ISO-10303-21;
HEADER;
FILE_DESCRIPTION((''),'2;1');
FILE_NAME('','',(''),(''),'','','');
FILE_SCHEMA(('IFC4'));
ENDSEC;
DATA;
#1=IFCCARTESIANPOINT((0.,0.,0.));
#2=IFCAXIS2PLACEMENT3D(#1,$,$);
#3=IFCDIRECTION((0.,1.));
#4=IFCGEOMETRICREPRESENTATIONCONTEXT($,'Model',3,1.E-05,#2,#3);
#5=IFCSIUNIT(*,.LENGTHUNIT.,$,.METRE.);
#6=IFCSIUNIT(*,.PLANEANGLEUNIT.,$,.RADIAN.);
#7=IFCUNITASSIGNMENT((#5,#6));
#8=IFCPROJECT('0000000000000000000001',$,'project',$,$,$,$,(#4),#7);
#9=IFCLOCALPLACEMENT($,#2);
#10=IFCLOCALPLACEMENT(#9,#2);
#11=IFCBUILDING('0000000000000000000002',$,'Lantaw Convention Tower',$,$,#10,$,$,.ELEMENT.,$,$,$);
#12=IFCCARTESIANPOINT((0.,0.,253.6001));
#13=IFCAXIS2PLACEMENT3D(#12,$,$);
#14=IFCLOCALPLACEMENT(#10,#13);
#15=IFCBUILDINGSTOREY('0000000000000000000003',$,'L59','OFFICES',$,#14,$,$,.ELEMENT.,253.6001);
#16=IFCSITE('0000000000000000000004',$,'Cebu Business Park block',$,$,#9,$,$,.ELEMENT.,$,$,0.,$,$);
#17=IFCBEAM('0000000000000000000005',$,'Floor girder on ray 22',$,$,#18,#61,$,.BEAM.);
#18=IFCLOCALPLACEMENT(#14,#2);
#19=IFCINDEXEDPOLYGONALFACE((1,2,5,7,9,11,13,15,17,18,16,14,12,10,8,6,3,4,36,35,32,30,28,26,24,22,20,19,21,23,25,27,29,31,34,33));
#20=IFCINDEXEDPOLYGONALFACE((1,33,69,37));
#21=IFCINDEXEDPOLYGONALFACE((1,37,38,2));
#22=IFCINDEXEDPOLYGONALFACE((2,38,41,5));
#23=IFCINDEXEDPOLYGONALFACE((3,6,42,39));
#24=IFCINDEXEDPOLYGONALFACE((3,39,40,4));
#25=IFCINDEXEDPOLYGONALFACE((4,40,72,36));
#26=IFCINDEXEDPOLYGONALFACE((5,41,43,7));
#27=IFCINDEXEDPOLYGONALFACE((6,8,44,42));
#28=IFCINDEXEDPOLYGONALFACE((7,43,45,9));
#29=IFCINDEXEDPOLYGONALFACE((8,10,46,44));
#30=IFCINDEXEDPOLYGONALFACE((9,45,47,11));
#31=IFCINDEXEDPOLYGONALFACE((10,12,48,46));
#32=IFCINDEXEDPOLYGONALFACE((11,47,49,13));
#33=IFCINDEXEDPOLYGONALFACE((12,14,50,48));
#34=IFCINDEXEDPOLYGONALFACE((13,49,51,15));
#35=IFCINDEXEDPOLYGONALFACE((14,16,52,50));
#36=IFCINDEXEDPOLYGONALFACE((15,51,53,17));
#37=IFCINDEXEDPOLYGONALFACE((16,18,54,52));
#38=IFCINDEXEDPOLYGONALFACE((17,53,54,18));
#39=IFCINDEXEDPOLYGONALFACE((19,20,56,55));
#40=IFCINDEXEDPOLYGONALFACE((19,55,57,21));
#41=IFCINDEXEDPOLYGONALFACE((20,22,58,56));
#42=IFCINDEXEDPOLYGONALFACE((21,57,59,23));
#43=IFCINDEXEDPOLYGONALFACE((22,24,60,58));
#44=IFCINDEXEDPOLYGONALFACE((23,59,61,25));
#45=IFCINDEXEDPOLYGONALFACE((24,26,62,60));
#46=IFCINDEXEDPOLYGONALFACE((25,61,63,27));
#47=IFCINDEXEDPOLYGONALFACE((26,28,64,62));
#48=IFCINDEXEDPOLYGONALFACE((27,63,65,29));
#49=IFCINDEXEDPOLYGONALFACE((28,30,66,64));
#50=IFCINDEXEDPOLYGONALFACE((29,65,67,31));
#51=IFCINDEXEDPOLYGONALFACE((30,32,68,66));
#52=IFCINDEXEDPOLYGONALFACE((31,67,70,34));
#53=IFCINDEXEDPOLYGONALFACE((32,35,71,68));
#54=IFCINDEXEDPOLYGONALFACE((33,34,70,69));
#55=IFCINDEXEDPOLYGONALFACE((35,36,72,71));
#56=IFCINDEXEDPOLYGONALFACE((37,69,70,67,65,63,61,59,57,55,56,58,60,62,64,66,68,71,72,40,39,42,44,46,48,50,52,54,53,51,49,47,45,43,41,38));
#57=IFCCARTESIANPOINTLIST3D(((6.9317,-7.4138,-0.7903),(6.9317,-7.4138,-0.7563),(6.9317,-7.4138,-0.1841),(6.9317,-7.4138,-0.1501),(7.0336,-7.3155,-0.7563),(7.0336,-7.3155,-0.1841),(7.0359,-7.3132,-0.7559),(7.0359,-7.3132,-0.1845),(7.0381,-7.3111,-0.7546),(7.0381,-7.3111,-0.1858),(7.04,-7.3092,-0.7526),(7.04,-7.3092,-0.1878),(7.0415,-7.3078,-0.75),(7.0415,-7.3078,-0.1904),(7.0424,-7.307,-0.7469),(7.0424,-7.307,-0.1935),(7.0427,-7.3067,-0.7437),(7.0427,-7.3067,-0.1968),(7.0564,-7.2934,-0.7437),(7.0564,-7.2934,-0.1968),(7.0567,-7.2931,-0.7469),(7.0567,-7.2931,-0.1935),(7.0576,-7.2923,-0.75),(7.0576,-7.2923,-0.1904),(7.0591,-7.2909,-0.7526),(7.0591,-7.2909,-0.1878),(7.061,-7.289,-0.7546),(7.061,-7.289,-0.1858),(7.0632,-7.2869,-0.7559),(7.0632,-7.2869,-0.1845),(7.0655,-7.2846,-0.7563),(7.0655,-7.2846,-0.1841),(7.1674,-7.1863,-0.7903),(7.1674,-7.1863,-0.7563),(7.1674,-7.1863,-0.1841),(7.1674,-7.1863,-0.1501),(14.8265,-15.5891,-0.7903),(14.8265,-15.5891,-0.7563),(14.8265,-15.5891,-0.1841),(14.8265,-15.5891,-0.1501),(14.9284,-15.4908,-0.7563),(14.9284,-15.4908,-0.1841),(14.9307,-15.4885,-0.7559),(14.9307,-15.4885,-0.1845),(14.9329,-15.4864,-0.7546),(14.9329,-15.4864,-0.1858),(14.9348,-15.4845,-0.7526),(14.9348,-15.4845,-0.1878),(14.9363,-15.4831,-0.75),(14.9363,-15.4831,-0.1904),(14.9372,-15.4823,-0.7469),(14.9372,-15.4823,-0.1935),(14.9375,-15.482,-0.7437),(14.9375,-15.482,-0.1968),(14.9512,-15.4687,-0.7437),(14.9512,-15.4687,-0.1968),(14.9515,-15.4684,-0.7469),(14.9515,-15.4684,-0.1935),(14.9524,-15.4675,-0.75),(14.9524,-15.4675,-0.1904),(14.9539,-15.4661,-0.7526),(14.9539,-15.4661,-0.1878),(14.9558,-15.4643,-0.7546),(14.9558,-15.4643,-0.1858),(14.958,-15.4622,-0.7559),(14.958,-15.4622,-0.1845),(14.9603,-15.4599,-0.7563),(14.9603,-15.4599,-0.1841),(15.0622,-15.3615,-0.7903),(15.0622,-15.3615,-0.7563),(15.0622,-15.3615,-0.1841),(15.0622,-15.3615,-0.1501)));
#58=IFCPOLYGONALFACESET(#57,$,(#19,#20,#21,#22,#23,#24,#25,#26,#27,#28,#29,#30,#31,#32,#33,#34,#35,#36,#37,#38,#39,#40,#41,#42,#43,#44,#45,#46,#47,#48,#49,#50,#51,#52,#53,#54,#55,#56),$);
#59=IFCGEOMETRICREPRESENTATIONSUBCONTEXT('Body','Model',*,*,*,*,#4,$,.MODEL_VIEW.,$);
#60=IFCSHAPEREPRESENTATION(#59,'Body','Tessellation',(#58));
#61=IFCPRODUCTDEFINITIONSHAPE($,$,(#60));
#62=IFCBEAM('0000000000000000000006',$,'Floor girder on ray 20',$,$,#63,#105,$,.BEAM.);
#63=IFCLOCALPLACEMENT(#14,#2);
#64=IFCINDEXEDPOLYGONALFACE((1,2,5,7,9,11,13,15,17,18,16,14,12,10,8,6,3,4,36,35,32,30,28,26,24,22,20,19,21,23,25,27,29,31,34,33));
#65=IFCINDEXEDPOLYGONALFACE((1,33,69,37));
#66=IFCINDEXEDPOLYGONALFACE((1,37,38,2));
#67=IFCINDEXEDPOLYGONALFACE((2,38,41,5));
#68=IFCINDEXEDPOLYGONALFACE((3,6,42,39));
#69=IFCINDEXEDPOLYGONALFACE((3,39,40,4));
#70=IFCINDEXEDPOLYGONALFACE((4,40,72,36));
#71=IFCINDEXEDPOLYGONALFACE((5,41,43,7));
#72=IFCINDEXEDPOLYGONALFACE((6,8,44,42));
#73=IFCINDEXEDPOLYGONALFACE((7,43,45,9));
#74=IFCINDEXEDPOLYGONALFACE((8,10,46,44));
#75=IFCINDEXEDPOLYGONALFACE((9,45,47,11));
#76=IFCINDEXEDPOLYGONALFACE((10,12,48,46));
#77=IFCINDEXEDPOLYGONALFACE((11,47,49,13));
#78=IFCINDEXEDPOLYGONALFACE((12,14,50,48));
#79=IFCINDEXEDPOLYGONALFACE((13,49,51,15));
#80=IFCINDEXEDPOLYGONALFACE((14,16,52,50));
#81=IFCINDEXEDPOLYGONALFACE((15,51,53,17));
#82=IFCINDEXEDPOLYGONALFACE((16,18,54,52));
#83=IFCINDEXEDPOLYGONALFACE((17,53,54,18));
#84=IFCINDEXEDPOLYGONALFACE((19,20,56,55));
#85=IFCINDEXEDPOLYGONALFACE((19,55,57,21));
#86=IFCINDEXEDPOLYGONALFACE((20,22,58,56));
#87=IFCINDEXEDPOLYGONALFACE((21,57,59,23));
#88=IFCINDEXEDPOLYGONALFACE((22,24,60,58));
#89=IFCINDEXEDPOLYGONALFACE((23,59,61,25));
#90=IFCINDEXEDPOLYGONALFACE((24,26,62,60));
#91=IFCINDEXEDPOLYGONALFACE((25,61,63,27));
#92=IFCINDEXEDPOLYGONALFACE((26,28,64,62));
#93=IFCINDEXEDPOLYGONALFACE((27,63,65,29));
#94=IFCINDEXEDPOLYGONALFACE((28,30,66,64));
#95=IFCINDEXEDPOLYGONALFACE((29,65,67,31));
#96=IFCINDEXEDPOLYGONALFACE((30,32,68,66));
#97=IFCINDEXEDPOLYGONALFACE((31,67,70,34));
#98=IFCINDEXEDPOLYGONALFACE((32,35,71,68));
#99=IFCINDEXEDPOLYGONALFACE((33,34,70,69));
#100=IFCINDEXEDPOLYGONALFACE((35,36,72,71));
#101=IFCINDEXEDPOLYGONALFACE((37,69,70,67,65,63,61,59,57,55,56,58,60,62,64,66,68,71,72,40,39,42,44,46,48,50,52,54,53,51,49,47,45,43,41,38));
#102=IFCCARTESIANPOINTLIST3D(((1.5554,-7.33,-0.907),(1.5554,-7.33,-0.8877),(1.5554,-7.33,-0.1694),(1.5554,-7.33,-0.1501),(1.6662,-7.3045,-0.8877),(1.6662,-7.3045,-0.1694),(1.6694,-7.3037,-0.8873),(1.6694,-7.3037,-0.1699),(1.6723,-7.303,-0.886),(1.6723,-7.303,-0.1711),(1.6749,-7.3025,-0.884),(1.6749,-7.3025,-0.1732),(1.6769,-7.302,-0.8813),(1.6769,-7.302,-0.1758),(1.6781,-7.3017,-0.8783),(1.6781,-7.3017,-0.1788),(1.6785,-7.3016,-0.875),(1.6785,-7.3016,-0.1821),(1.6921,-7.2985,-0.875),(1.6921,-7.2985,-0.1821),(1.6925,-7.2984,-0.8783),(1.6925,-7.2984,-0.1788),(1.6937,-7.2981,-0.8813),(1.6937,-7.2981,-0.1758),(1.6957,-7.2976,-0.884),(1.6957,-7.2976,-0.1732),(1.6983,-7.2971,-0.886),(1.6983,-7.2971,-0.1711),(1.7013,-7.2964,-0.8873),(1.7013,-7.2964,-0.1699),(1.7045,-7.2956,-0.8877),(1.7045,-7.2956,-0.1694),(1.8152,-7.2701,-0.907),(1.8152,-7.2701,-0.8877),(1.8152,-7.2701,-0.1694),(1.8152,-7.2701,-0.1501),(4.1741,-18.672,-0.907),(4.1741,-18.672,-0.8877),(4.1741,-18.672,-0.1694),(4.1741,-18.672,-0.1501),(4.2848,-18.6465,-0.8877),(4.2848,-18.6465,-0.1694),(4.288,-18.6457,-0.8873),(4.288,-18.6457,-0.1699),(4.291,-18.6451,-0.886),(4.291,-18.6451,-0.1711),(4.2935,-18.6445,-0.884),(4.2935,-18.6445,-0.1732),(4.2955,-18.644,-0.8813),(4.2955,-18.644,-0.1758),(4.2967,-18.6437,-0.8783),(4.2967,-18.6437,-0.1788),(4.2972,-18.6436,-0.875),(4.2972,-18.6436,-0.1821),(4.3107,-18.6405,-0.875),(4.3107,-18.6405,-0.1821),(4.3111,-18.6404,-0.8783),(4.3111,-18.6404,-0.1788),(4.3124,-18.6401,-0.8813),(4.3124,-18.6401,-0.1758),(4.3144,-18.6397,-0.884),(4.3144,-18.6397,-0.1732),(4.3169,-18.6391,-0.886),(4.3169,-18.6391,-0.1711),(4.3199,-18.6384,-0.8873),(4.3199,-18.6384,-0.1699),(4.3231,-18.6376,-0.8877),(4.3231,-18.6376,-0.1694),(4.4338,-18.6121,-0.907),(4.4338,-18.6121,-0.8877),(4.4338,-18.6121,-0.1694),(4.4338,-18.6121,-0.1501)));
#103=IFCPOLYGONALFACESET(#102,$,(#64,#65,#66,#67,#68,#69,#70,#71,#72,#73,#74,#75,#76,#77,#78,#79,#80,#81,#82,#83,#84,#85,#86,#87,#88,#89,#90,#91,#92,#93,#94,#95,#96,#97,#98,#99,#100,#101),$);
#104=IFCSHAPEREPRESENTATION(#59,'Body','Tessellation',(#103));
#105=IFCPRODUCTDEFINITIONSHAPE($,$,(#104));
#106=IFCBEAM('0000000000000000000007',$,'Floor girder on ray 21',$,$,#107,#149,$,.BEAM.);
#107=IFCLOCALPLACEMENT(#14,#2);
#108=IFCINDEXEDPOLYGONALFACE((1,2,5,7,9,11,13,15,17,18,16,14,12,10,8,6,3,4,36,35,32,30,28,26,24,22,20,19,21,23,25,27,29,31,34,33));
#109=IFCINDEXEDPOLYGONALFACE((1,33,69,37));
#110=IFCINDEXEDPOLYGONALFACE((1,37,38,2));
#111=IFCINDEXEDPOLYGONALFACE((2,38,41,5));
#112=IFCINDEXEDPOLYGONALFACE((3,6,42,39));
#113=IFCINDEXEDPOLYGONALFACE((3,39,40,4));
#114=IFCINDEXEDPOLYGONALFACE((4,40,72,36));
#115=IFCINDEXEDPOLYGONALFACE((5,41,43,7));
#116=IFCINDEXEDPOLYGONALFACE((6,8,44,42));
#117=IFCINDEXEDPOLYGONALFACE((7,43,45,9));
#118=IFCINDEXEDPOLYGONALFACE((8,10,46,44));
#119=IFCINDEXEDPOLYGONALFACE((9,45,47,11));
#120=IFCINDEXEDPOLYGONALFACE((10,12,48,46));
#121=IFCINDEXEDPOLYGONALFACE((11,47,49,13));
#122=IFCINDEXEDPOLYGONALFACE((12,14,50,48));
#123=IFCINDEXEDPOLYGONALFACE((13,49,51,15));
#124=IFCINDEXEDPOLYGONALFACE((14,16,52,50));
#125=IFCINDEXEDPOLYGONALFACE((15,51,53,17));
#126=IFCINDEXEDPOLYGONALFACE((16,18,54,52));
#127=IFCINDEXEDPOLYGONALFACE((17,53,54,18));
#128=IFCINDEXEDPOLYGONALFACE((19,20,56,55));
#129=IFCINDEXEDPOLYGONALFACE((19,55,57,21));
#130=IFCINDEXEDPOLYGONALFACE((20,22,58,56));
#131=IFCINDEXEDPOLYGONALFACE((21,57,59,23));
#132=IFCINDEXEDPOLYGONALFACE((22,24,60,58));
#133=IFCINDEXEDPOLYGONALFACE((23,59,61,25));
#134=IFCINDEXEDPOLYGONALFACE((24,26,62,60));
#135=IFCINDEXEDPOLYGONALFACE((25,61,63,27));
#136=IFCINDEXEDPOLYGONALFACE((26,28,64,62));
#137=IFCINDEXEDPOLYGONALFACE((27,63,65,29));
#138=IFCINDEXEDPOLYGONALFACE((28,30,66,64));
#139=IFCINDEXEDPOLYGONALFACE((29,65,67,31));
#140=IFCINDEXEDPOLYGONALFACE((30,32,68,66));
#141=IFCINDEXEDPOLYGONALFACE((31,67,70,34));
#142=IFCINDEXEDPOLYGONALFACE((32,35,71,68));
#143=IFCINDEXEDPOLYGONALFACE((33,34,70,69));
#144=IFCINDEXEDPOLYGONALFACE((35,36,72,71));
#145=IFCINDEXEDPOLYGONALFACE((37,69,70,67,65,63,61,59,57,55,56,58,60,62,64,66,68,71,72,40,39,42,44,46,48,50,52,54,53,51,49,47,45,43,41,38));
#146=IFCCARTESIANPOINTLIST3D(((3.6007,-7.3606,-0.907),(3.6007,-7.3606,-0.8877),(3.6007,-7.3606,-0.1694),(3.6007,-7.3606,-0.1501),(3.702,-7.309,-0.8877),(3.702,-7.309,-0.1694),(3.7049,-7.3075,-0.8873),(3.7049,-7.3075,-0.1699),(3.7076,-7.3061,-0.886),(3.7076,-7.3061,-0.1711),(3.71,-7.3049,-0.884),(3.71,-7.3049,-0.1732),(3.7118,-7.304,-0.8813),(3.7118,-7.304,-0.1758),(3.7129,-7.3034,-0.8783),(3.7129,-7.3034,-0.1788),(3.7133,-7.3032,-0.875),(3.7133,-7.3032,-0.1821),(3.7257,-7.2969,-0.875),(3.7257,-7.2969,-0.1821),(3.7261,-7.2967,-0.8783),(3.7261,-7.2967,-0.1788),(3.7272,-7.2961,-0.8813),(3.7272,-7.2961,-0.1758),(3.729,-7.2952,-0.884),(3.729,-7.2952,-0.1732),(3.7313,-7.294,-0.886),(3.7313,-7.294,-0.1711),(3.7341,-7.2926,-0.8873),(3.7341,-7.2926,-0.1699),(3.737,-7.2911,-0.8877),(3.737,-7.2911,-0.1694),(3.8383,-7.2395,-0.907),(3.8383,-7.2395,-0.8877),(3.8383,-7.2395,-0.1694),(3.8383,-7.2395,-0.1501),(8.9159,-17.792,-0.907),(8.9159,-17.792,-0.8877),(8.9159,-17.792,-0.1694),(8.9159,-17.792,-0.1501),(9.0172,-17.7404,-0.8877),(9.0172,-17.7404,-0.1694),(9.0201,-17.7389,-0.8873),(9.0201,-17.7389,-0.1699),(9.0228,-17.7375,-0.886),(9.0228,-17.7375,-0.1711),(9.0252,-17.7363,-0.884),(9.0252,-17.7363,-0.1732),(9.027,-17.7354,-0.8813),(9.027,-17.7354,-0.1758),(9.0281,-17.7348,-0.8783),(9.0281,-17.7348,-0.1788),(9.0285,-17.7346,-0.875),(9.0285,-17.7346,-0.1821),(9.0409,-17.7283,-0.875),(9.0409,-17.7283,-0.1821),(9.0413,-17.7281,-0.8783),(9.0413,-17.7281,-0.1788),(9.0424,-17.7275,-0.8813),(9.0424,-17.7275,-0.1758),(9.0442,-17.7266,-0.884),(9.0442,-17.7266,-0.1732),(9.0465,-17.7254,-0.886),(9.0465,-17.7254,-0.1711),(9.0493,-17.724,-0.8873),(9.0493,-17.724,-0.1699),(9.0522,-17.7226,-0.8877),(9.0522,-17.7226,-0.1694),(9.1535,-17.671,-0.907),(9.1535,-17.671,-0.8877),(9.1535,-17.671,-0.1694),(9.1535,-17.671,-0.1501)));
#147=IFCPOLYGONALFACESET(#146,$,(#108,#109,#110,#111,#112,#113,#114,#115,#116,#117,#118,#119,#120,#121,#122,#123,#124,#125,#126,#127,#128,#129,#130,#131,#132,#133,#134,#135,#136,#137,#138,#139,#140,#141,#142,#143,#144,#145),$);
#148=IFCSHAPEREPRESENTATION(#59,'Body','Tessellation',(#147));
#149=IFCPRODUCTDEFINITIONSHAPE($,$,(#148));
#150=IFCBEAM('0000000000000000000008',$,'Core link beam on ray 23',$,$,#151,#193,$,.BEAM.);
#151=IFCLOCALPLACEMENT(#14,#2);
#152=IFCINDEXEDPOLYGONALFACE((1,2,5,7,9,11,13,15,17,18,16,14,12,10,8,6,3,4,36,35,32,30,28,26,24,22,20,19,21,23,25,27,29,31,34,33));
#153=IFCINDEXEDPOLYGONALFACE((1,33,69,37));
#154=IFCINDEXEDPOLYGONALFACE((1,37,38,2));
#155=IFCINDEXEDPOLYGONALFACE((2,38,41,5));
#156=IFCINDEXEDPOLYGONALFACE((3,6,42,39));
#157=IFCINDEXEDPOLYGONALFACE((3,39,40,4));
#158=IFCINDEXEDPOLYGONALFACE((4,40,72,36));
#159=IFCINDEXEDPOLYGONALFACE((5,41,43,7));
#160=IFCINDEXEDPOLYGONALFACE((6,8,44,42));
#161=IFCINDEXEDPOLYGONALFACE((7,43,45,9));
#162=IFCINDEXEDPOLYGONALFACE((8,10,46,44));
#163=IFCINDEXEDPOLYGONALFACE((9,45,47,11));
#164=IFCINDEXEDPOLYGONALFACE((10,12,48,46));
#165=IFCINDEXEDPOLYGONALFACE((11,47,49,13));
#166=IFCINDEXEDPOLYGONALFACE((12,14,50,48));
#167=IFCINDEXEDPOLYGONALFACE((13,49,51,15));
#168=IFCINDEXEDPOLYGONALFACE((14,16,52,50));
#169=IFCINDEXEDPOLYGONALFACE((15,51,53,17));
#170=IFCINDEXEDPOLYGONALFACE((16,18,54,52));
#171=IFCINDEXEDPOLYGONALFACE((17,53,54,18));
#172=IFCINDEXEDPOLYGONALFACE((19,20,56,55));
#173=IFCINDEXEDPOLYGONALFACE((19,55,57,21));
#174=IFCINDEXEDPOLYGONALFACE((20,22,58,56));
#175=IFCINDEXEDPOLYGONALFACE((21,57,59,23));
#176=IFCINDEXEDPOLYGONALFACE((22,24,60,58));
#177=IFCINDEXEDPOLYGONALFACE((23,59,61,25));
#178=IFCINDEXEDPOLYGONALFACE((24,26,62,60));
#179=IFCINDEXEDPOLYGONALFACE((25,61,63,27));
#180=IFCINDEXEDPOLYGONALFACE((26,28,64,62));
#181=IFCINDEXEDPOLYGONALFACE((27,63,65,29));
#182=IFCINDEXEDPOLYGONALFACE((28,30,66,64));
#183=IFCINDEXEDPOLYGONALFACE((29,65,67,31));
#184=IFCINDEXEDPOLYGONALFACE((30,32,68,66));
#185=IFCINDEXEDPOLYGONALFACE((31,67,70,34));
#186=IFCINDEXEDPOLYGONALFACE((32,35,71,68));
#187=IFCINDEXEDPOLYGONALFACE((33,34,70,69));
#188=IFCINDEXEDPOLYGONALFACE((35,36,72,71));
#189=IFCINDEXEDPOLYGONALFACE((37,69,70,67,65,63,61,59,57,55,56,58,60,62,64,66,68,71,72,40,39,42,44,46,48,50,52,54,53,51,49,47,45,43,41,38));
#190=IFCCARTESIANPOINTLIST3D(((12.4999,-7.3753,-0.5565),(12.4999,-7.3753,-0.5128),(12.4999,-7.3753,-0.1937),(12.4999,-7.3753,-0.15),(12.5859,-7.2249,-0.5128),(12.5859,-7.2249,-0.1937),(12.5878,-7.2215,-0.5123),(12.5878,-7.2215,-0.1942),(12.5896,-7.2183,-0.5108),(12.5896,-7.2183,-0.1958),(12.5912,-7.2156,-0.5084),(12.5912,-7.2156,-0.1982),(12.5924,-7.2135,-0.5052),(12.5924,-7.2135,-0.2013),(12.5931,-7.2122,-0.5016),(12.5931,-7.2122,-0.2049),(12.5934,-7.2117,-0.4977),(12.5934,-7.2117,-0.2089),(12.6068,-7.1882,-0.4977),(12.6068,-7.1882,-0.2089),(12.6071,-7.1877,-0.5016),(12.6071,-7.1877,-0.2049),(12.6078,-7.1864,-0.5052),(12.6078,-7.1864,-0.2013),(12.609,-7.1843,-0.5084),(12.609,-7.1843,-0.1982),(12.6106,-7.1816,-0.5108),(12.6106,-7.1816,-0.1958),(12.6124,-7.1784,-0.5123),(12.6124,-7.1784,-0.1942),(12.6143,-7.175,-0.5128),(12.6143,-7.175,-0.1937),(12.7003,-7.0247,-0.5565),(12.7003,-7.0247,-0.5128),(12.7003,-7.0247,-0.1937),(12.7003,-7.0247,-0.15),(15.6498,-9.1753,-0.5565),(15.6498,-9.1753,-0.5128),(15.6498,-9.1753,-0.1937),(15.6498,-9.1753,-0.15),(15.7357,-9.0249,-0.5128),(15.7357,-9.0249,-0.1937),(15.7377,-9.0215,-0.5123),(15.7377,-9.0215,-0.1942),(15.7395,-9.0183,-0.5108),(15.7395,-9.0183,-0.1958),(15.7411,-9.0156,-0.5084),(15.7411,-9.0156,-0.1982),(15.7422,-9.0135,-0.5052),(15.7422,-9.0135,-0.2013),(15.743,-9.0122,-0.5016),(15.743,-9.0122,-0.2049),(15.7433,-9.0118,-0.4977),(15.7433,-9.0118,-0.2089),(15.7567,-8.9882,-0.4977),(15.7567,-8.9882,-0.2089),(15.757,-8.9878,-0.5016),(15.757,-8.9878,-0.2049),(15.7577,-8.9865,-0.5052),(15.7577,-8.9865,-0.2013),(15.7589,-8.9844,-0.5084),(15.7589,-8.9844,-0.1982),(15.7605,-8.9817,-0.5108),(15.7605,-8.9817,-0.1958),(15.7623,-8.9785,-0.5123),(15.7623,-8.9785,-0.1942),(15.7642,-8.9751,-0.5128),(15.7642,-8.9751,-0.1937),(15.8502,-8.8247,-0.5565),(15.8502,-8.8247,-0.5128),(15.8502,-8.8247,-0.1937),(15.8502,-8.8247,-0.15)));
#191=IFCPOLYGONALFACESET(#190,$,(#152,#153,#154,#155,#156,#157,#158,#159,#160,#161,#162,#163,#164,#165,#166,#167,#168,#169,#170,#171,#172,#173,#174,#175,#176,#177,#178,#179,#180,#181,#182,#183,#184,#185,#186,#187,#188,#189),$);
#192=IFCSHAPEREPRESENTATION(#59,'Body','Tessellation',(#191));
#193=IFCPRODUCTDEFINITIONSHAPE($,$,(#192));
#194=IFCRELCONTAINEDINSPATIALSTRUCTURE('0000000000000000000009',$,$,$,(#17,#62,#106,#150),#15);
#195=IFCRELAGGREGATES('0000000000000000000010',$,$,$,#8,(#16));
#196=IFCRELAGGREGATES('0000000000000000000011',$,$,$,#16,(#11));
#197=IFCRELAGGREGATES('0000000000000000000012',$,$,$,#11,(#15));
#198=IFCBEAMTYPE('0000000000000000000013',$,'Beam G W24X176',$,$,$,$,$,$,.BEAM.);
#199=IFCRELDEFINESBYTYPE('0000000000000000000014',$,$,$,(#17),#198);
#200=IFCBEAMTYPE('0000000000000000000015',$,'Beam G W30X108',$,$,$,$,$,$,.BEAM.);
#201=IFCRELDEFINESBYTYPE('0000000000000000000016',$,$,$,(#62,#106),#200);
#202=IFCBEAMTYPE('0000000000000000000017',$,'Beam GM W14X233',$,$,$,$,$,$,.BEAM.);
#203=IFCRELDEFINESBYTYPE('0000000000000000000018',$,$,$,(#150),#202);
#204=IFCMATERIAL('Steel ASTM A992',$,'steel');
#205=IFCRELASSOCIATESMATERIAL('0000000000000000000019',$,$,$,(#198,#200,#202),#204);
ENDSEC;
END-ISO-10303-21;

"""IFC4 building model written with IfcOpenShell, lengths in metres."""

from ifc_helpers import new_model, si_unit, direction, frame, origin, origin_2d, place, context, subcontext, project, spatial, i_section, extrude, material, material_profile, profile_set, type_object, element, save


model = new_model("IFC4")

# Units and contexts
model_context = context("Model", 3, precision=1e-05, world=origin(), true_north=direction((0.0, 1.0)))
body_context = subcontext(model_context, "Body", "Model", "MODEL_VIEW")
ifc_project = project(units=[si_unit("LENGTHUNIT", "METRE"), si_unit("PLANEANGLEUNIT", "RADIAN")], contexts=[model_context])

# Site, building, storey
site_placement = place(None, origin())
site = spatial("IfcSite", under=ifc_project, at=site_placement, Name="Cebu Business Park block", CompositionType="ELEMENT", RefElevation=0.0)
building_placement = place(site_placement, origin())
building = spatial("IfcBuilding", under=site, at=building_placement, Name="Lantaw Convention Tower", CompositionType="ELEMENT")
storey_placement = place(building_placement, frame((0.0, 0.0, 253.6001)))
storey = spatial("IfcBuildingStorey", under=building, at=storey_placement, Name="L59", Description="OFFICES", CompositionType="ELEMENT", Elevation=253.6001)

# Beams
ifc_material_1 = material(Name="Steel ASTM A992", Category="steel")
ifc_material_profile_1 = material_profile(ifc_material_1, i_section(OverallWidth=0.3276, OverallDepth=0.6401, WebThickness=0.019, FlangeThickness=0.0339, FilletRadius=0.0127, at=origin_2d()), Name="W24X176")
ifc_profile_set_1 = profile_set([ifc_material_profile_1], Name="Steel ASTM A992")
beam_type_1 = type_object("IfcBeamType", Name="Beam G W24X176", PredefinedType="BEAM", material=ifc_profile_set_1)
beam_1_placement = place(storey_placement, frame((7.0496, -7.3, -0.4702), z_axis=(0.694658, -0.71934, 0.0), x_axis=(0.71934, 0.694658, 0.0)))
element("IfcBeam", 1, at=beam_1_placement, inside=storey, type_object=beam_type_1, Name="Floor girder on ray 22", PredefinedType="BEAM", context=body_context, shape_type="SweptSolid", body=[
    extrude(i_section(OverallWidth=0.3276, OverallDepth=0.6401, WebThickness=0.019, FlangeThickness=0.0339, FilletRadius=0.0127, at=origin_2d()), origin(), (0.0, 0.0, 1.0), 11.365),
])
ifc_material_profile_2 = material_profile(ifc_material_1, i_section(OverallWidth=0.2666, OverallDepth=0.7568, WebThickness=0.0139, FlangeThickness=0.0193, FilletRadius=0.0127, at=origin_2d()), Name="W30X108")
ifc_profile_set_2 = profile_set([ifc_material_profile_2], Name="Steel ASTM A992")
beam_type_2 = type_object("IfcBeamType", Name="Beam G W30X108", PredefinedType="BEAM", material=ifc_profile_set_2)
beam_2_placement = place(storey_placement, frame((1.6853, -7.3, -0.5286), z_axis=(0.224962, -0.974368, 0.0), x_axis=(0.974368, 0.224962, 0.0)))
element("IfcBeam", 2, at=beam_2_placement, inside=storey, type_object=beam_type_2, Name="Floor girder on ray 20", PredefinedType="BEAM", context=body_context, shape_type="SweptSolid", body=[
    extrude(i_section(OverallWidth=0.2666, OverallDepth=0.7568, WebThickness=0.0139, FlangeThickness=0.0193, FilletRadius=0.0127, at=origin_2d()), origin(), (0.0, 0.0, 1.0), 11.6404),
])
beam_3_placement = place(storey_placement, frame((3.7195, -7.3, -0.5286), z_axis=(0.453999, -0.891002, 0.0), x_axis=(0.891002, 0.453999, 0.0)))
element("IfcBeam", 3, at=beam_3_placement, inside=storey, type_object=beam_type_2, Name="Floor girder on ray 21", PredefinedType="BEAM", context=body_context, shape_type="SweptSolid", body=[
    extrude(i_section(OverallWidth=0.2666, OverallDepth=0.7568, WebThickness=0.0139, FlangeThickness=0.0193, FilletRadius=0.0127, at=origin_2d()), origin(), (0.0, 0.0, 1.0), 11.7075),
])
ifc_material_profile_3 = material_profile(ifc_material_1, i_section(OverallWidth=0.4038, OverallDepth=0.4065, WebThickness=0.0271, FlangeThickness=0.0437, FilletRadius=0.0151, at=origin_2d()), Name="W14X233")
ifc_profile_set_3 = profile_set([ifc_material_profile_3], Name="Steel ASTM A992")
beam_type_3 = type_object("IfcBeamType", Name="Beam GM W14X233", PredefinedType="BEAM", material=ifc_profile_set_3)
beam_4_placement = place(storey_placement, frame((12.6001, -7.2, -0.3533), z_axis=(0.868231, -0.496161, 0.0), x_axis=(0.496161, 0.868231, 0.0)))
element("IfcBeam", 4, at=beam_4_placement, inside=storey, type_object=beam_type_3, Name="Core link beam on ray 23", PredefinedType="BEAM", context=body_context, shape_type="SweptSolid", body=[
    extrude(i_section(OverallWidth=0.4038, OverallDepth=0.4065, WebThickness=0.0271, FlangeThickness=0.0437, FilletRadius=0.0151, at=origin_2d()), origin(), (0.0, 0.0, 1.0), 3.6279),
])

save(model, "model.ifc")
